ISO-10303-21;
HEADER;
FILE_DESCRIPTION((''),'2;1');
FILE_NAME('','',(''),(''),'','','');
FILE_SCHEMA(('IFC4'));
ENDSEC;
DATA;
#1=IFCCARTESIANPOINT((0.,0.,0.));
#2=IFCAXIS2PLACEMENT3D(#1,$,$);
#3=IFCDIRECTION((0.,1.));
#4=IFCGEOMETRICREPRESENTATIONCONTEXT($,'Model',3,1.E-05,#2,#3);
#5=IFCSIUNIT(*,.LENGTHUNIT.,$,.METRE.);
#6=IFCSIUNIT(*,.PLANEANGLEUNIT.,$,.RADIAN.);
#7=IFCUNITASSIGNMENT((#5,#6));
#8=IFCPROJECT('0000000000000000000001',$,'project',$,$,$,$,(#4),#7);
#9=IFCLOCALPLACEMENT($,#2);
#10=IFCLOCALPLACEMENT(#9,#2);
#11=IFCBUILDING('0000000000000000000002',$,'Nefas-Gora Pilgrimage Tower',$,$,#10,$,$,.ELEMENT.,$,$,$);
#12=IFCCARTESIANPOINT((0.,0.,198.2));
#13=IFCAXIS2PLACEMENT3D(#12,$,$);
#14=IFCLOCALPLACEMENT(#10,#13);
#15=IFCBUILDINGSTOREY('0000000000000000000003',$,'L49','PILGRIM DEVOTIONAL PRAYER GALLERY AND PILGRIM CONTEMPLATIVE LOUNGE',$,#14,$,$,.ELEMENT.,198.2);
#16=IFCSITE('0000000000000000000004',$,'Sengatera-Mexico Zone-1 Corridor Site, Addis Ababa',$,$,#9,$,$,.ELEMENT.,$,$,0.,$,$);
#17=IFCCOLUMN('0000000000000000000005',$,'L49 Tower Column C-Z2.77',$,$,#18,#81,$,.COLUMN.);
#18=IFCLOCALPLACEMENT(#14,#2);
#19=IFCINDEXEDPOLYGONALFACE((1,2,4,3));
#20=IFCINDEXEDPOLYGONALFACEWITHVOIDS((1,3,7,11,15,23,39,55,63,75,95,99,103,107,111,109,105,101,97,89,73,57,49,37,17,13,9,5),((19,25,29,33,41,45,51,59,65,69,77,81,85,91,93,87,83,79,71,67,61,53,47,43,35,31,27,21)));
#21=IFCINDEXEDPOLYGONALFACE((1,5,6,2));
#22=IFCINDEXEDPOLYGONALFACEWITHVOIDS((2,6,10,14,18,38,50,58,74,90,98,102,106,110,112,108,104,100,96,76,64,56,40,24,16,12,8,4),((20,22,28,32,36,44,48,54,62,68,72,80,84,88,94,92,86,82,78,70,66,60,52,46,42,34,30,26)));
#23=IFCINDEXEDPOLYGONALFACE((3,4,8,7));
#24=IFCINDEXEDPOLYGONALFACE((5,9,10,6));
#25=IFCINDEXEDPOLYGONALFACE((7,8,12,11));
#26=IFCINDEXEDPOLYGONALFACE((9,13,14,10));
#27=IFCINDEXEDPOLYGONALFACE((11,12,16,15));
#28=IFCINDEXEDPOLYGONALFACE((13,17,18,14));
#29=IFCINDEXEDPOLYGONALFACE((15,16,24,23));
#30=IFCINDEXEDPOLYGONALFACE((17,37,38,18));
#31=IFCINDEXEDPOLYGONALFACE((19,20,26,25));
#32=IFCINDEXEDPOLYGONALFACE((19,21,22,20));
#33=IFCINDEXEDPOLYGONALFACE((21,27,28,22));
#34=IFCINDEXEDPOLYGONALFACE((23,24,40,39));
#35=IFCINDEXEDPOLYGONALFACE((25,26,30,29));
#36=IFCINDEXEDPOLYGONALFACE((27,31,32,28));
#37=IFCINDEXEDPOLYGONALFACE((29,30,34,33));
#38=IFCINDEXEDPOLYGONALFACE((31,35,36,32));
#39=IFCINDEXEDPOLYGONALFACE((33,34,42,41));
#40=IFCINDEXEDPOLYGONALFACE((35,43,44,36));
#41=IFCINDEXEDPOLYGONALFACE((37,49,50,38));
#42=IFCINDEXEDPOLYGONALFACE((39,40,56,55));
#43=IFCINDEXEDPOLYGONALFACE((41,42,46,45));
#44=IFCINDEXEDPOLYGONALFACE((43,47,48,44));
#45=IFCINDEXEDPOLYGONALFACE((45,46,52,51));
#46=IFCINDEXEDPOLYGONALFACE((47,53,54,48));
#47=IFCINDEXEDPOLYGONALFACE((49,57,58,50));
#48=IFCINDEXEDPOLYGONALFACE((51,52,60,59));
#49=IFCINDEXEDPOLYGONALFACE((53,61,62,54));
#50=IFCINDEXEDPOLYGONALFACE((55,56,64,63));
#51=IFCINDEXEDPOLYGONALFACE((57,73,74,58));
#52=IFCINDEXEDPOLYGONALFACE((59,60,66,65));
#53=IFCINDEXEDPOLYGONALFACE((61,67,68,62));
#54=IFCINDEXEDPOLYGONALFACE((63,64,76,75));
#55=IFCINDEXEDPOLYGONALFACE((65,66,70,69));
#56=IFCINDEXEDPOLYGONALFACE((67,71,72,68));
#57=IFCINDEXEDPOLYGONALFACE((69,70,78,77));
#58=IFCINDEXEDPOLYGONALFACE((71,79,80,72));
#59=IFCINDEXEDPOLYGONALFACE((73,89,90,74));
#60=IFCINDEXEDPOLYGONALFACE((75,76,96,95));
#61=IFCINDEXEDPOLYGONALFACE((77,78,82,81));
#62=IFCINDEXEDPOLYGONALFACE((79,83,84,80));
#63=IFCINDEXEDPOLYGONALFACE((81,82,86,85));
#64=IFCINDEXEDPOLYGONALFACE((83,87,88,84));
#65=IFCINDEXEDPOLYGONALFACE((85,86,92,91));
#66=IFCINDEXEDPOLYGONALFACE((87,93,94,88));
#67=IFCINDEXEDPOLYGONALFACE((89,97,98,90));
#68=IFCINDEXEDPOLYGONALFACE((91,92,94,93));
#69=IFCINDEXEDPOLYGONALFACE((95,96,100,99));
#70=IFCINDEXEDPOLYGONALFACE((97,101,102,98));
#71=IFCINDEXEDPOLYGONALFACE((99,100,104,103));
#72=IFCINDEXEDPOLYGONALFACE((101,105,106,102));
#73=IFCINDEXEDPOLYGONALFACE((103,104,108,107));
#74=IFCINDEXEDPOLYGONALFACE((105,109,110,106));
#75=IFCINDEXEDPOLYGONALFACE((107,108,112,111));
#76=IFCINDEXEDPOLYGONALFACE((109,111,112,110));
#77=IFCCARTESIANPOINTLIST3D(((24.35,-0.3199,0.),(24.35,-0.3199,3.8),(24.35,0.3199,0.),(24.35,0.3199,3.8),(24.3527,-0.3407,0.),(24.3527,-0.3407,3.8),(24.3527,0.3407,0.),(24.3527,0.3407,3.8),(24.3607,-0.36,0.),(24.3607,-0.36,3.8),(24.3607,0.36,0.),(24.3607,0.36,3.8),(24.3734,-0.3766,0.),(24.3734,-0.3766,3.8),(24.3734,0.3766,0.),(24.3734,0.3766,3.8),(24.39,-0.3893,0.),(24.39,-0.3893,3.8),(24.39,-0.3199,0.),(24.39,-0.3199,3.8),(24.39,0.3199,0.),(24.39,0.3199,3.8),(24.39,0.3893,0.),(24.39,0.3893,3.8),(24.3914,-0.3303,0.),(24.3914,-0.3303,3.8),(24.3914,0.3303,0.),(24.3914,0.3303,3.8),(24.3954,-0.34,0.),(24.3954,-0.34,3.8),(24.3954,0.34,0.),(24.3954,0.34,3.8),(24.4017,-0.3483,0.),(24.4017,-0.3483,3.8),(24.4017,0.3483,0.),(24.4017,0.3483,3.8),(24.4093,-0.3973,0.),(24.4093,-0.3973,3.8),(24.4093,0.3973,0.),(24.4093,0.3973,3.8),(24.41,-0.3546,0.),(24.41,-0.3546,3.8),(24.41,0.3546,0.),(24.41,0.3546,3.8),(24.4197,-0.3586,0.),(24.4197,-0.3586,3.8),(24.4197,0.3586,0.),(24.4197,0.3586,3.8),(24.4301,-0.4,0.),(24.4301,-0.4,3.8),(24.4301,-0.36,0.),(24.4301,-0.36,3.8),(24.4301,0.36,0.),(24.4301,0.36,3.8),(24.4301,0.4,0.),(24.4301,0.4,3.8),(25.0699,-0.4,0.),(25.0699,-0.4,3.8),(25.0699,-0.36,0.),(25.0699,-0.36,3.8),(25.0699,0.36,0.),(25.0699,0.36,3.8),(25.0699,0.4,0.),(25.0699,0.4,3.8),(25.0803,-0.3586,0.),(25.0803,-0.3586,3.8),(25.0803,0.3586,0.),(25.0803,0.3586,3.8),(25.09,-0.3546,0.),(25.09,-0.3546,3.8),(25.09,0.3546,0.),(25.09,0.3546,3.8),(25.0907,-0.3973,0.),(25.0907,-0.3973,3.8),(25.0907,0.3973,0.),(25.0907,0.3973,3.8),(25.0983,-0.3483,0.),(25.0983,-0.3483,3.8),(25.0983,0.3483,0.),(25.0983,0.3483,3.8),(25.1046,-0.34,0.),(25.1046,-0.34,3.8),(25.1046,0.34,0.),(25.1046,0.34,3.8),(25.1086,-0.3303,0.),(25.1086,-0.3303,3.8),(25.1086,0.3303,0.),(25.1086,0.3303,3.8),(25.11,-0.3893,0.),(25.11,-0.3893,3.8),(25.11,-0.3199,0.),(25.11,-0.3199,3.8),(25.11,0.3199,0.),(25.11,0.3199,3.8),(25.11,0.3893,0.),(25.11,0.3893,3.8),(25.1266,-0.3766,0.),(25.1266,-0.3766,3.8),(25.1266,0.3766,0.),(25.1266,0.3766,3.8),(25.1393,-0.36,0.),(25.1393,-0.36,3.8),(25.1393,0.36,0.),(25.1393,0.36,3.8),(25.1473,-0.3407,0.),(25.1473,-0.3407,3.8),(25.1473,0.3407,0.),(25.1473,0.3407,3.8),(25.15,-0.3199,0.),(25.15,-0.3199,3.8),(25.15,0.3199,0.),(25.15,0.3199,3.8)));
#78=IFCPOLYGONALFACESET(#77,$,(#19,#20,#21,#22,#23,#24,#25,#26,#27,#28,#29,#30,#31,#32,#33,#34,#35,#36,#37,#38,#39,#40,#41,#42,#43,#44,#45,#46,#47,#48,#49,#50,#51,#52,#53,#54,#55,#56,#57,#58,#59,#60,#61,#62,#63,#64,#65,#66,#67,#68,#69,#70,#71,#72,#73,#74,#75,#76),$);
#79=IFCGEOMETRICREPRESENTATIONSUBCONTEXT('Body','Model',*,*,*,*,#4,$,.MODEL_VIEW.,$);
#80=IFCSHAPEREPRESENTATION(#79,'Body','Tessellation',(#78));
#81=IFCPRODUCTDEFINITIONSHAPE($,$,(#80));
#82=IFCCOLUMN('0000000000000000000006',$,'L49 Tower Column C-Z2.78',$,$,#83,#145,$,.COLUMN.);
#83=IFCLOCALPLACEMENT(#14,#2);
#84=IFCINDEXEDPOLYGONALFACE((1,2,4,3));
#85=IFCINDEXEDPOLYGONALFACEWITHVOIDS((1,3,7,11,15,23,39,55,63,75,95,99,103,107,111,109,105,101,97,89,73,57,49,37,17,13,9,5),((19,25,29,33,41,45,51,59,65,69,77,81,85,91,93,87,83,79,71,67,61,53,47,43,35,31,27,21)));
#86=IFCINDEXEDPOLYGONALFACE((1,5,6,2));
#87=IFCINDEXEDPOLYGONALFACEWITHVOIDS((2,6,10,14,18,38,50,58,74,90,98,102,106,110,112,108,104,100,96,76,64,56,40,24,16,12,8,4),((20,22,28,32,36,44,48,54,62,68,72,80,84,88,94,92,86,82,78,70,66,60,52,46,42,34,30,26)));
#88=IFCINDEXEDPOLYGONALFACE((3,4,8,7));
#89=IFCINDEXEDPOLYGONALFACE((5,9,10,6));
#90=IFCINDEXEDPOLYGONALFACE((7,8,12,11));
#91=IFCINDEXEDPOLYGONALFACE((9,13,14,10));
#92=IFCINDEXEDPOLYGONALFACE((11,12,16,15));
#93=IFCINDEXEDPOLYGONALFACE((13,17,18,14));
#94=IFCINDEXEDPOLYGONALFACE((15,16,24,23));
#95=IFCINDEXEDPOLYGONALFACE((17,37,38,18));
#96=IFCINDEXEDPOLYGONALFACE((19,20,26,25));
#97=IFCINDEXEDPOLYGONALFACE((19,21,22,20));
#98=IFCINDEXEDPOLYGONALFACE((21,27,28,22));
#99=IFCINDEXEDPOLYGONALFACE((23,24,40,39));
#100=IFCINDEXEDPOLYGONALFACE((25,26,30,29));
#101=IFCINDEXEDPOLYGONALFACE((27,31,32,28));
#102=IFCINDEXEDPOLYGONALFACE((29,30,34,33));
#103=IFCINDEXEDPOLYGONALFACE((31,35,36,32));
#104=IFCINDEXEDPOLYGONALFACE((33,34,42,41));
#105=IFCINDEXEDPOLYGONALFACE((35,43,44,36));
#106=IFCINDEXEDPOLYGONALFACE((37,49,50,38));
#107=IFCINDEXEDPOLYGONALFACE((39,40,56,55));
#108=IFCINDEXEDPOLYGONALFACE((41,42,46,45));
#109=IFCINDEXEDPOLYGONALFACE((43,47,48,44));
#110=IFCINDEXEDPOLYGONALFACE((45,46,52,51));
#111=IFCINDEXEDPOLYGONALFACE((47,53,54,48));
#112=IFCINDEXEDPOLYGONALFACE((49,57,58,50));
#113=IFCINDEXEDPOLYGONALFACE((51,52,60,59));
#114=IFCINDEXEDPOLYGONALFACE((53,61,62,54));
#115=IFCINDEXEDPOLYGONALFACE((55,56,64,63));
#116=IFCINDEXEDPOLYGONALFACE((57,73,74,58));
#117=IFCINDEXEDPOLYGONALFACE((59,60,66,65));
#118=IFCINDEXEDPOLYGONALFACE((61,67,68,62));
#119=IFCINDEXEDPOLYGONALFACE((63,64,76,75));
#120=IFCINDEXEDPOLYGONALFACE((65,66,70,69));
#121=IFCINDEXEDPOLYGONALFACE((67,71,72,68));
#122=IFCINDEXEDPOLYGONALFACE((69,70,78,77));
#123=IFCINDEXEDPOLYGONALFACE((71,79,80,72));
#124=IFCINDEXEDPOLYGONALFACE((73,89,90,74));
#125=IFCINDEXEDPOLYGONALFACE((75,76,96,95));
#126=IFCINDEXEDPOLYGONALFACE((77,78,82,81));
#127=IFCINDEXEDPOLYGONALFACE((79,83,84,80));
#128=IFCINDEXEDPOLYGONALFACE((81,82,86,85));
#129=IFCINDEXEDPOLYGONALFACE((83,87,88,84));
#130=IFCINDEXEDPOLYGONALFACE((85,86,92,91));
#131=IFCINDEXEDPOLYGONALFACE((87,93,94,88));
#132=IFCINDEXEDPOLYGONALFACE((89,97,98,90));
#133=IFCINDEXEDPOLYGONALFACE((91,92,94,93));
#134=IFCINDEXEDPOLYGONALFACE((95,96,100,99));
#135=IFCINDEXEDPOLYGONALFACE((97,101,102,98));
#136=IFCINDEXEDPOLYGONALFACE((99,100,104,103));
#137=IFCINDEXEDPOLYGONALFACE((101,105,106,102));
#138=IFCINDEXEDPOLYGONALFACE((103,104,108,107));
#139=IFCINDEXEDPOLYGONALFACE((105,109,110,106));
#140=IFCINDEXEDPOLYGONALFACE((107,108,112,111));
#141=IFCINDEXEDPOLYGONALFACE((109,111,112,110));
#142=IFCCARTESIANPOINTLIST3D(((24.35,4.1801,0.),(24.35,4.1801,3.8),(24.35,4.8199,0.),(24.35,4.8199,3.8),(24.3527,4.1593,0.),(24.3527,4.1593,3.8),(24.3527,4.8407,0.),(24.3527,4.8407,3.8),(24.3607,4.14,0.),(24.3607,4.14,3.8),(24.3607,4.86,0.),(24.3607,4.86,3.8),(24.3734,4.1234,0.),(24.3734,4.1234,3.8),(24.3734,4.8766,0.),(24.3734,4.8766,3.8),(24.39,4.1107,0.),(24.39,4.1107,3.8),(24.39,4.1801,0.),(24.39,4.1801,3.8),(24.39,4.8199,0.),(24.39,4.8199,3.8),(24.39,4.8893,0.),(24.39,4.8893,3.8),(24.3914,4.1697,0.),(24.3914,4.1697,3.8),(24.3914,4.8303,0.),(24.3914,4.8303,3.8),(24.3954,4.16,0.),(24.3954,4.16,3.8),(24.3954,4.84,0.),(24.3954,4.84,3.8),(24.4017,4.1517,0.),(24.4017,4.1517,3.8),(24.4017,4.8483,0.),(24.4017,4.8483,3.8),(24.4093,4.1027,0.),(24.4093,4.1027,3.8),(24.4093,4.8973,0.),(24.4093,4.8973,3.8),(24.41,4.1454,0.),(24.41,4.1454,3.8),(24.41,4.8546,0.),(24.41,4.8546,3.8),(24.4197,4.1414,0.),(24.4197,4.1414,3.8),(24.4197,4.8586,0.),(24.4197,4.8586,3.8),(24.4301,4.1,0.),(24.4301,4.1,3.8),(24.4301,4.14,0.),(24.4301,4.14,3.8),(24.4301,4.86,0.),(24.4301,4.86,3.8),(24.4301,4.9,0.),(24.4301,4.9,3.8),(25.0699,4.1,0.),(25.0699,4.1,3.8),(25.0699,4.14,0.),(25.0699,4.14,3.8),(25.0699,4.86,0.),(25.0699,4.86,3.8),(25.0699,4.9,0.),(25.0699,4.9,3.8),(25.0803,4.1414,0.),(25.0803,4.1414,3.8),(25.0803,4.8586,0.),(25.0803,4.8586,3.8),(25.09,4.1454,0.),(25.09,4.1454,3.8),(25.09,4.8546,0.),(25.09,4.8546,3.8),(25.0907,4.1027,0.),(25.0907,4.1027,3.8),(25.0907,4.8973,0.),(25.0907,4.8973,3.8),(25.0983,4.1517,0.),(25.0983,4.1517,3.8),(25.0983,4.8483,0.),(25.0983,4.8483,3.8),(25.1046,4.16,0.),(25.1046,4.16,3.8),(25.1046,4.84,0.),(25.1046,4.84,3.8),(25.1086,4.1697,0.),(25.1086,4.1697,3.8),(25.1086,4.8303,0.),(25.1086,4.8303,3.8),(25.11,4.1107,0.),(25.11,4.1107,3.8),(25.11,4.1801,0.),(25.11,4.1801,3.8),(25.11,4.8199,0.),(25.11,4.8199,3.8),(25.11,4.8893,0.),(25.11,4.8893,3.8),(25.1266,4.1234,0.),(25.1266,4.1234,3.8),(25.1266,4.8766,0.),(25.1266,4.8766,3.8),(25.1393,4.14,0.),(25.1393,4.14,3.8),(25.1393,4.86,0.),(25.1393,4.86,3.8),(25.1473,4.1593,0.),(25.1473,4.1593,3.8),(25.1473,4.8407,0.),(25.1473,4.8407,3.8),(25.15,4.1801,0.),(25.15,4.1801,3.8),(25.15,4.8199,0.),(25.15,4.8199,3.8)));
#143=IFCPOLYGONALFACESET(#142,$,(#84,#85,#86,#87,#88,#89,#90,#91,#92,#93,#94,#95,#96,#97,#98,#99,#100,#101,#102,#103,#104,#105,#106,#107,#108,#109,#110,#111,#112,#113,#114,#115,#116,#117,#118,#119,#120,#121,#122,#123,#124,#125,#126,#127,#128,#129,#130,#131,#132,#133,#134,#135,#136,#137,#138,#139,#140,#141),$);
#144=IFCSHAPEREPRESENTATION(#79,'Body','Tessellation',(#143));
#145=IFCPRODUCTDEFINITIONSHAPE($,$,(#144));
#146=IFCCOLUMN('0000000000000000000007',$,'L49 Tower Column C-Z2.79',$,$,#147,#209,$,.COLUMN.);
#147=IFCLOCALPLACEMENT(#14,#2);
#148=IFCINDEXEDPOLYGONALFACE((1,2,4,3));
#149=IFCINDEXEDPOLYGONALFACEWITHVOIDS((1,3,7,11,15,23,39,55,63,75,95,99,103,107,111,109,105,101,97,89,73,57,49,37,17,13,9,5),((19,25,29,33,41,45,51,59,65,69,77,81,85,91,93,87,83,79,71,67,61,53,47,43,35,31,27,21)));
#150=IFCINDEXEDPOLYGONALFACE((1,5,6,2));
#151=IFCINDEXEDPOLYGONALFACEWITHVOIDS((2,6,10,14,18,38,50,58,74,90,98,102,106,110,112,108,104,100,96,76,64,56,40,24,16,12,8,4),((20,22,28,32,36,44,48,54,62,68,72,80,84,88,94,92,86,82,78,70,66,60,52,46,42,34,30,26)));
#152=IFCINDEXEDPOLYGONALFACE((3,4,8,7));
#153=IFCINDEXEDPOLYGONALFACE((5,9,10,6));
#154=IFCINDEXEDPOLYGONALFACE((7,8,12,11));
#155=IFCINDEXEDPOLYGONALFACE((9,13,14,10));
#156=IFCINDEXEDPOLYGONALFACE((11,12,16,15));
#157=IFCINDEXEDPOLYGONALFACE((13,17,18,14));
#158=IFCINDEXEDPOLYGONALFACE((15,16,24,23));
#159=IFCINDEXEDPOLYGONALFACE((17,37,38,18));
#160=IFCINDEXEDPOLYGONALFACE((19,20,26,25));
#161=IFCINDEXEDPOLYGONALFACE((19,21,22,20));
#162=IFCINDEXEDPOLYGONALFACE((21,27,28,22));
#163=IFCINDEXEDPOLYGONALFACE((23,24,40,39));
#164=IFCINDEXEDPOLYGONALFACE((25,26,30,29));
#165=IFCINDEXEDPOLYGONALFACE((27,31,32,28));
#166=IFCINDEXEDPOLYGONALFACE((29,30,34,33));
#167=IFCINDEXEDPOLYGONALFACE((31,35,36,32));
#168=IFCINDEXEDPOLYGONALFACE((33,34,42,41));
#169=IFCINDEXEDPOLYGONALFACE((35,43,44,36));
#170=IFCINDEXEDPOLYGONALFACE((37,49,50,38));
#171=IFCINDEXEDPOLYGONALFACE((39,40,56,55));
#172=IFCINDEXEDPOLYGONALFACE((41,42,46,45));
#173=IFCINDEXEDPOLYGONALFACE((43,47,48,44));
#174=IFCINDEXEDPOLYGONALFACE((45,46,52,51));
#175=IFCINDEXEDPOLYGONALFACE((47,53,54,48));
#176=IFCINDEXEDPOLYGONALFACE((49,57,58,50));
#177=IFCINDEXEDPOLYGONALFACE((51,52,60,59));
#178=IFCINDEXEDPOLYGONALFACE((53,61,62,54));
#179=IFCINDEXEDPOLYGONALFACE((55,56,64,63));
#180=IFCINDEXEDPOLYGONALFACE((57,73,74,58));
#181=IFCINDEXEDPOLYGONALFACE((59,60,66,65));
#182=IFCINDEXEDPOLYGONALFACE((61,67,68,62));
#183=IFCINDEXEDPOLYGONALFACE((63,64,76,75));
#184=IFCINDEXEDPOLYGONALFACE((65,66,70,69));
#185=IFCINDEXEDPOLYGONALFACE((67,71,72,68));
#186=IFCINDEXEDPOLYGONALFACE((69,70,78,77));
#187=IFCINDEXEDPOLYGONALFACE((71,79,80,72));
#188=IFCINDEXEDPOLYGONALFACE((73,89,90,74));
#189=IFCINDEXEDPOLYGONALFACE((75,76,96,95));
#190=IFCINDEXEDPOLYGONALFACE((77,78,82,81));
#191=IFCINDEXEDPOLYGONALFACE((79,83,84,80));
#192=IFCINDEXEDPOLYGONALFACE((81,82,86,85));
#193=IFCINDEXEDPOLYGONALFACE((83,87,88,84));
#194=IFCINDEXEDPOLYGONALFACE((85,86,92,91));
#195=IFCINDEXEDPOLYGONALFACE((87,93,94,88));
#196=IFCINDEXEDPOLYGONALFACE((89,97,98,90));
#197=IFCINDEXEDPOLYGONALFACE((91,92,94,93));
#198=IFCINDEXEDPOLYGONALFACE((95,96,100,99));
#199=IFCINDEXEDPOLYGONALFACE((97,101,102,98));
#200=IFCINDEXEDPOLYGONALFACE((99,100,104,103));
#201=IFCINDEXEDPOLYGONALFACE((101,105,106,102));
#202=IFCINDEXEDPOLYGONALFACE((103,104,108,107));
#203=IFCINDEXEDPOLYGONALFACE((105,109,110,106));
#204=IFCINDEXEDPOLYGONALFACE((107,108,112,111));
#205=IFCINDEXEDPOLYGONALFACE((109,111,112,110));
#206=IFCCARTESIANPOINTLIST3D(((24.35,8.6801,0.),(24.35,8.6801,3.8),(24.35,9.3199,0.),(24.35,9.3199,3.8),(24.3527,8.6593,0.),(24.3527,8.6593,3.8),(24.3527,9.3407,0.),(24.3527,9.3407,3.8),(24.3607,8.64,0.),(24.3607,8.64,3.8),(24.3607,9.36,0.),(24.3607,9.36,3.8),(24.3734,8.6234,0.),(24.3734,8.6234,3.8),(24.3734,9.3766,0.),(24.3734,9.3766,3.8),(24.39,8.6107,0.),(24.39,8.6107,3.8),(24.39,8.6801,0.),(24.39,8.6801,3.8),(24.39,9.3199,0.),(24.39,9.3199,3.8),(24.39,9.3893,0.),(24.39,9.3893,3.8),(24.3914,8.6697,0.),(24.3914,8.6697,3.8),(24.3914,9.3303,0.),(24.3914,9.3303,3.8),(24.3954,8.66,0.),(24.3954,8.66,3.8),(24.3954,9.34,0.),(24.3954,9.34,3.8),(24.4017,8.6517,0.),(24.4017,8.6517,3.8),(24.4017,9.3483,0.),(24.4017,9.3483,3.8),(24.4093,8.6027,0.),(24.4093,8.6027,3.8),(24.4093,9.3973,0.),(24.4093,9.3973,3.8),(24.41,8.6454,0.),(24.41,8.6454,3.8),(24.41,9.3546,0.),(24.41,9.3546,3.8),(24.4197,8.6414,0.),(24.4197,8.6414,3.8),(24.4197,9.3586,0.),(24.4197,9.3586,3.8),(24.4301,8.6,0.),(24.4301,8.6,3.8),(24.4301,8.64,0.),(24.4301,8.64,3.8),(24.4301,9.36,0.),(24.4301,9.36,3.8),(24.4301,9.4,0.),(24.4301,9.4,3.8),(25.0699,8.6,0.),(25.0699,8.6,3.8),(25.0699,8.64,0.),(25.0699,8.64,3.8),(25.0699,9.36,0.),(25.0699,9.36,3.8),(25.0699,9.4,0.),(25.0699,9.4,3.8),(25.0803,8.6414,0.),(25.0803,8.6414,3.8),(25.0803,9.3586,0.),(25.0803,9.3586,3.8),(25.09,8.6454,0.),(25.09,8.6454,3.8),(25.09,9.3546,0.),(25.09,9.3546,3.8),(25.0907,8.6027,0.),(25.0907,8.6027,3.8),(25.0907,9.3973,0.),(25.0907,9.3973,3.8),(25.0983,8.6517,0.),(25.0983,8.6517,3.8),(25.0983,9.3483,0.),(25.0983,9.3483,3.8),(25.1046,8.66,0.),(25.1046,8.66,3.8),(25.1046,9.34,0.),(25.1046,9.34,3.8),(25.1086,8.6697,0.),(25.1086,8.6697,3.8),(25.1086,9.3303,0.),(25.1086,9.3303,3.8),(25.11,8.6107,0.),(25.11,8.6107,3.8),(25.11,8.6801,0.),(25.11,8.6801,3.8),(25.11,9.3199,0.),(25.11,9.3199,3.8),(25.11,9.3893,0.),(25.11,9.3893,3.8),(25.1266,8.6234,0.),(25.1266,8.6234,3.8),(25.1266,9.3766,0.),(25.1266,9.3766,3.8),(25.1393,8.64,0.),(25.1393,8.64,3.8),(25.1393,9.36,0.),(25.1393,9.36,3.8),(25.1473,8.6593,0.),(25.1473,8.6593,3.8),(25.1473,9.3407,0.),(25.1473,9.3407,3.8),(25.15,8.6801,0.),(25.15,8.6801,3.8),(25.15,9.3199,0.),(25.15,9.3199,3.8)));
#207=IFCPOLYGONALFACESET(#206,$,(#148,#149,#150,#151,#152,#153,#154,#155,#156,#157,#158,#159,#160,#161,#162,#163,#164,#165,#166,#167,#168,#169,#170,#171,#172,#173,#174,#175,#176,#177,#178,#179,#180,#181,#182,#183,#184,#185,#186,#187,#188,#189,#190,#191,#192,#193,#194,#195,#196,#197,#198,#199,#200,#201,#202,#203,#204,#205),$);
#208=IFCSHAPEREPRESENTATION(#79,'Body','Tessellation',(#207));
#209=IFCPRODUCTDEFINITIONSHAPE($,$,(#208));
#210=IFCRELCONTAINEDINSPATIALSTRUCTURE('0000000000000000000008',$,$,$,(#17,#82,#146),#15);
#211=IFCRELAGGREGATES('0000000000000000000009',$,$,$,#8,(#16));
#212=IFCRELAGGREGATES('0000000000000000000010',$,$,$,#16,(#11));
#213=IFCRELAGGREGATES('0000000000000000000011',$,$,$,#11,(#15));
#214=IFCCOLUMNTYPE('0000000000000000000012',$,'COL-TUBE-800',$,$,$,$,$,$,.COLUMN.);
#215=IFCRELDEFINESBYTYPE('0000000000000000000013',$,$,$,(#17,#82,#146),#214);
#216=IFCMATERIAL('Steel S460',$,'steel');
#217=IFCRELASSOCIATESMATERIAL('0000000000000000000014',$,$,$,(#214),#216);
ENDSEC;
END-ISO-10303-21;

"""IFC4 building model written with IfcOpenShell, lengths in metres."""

from ifc_helpers import new_model, si_unit, direction, frame, origin, origin_2d, place, context, subcontext, project, spatial, hollow_rectangle, extrude, source, transform, mapped, material, material_profile, profile_set, type_object, element, save


model = new_model("IFC4")

# Units and contexts
model_context = context("Model", 3, precision=1e-05, world=origin(), true_north=direction((0.0, 1.0)))
body_context = subcontext(model_context, "Body", "Model", "MODEL_VIEW")
ifc_project = project(units=[si_unit("LENGTHUNIT", "METRE"), si_unit("PLANEANGLEUNIT", "RADIAN")], contexts=[model_context])

# Site, building, storey
site_placement = place(None, origin())
site = spatial("IfcSite", under=ifc_project, at=site_placement, Name="Sengatera-Mexico Zone-1 Corridor Site, Addis Ababa", CompositionType="ELEMENT", RefElevation=0.0)
building_placement = place(site_placement, origin())
building = spatial("IfcBuilding", under=site, at=building_placement, Name="Nefas-Gora Pilgrimage Tower", CompositionType="ELEMENT")
storey_placement = place(building_placement, frame((0.0, 0.0, 198.2)))
storey = spatial("IfcBuildingStorey", under=building, at=storey_placement, Name="L49", Description="PILGRIM DEVOTIONAL PRAYER GALLERY AND PILGRIM CONTEMPLATIVE LOUNGE", CompositionType="ELEMENT", Elevation=198.2)

# Columns
ifc_material_1 = material(Name="Steel S460", Category="steel")
ifc_material_profile_1 = material_profile(ifc_material_1, hollow_rectangle(XDim=0.8, YDim=0.8, WallThickness=0.04, InnerFilletRadius=0.04, OuterFilletRadius=0.0801, at=origin_2d()), Name="BOX 800x800x40")
ifc_profile_set_1 = profile_set([ifc_material_profile_1], Name="Steel S460")
column_type_1 = type_object("IfcColumnType", Name="COL-TUBE-800", PredefinedType="COLUMN", material=ifc_profile_set_1)
shared_shape_1 = source(origin(), body_context, "Body", "SweptSolid", [
    extrude(hollow_rectangle(XDim=0.8, YDim=0.8, WallThickness=0.04, InnerFilletRadius=0.04, OuterFilletRadius=0.0801, at=origin_2d()), origin(), (0.0, 0.0, 1.0), 3.8),
])
for number, where, z_axis, x_axis, name in (
    (1, (24.75, 0.0, 0.0), (0.0, 0.0, 1.0), (1.0, 0.0, 0.0), "L49 Tower Column C-Z2.77"),
    (2, (24.75, 4.5, 0.0), (0.0, 0.0, 1.0), (1.0, 0.0, 0.0), "L49 Tower Column C-Z2.78"),
    (3, (24.75, 9.0, 0.0), (0.0, 0.0, 1.0), (1.0, 0.0, 0.0), "L49 Tower Column C-Z2.79"),
):
    element("IfcColumn", number, at=place(storey_placement, frame(where, z_axis=z_axis, x_axis=x_axis)), inside=storey, type_object=column_type_1, Name=name, PredefinedType="COLUMN", context=body_context, shape_type="MappedRepresentation", body=[
        mapped(shared_shape_1, transform((0.0, 0.0, 0.0), x_axis=(1.0, 0.0, 0.0), y_axis=(0.0, 1.0, 0.0), z_axis=(0.0, 0.0, 1.0), scale=1.0)),
    ])

save(model, "model.ifc")
